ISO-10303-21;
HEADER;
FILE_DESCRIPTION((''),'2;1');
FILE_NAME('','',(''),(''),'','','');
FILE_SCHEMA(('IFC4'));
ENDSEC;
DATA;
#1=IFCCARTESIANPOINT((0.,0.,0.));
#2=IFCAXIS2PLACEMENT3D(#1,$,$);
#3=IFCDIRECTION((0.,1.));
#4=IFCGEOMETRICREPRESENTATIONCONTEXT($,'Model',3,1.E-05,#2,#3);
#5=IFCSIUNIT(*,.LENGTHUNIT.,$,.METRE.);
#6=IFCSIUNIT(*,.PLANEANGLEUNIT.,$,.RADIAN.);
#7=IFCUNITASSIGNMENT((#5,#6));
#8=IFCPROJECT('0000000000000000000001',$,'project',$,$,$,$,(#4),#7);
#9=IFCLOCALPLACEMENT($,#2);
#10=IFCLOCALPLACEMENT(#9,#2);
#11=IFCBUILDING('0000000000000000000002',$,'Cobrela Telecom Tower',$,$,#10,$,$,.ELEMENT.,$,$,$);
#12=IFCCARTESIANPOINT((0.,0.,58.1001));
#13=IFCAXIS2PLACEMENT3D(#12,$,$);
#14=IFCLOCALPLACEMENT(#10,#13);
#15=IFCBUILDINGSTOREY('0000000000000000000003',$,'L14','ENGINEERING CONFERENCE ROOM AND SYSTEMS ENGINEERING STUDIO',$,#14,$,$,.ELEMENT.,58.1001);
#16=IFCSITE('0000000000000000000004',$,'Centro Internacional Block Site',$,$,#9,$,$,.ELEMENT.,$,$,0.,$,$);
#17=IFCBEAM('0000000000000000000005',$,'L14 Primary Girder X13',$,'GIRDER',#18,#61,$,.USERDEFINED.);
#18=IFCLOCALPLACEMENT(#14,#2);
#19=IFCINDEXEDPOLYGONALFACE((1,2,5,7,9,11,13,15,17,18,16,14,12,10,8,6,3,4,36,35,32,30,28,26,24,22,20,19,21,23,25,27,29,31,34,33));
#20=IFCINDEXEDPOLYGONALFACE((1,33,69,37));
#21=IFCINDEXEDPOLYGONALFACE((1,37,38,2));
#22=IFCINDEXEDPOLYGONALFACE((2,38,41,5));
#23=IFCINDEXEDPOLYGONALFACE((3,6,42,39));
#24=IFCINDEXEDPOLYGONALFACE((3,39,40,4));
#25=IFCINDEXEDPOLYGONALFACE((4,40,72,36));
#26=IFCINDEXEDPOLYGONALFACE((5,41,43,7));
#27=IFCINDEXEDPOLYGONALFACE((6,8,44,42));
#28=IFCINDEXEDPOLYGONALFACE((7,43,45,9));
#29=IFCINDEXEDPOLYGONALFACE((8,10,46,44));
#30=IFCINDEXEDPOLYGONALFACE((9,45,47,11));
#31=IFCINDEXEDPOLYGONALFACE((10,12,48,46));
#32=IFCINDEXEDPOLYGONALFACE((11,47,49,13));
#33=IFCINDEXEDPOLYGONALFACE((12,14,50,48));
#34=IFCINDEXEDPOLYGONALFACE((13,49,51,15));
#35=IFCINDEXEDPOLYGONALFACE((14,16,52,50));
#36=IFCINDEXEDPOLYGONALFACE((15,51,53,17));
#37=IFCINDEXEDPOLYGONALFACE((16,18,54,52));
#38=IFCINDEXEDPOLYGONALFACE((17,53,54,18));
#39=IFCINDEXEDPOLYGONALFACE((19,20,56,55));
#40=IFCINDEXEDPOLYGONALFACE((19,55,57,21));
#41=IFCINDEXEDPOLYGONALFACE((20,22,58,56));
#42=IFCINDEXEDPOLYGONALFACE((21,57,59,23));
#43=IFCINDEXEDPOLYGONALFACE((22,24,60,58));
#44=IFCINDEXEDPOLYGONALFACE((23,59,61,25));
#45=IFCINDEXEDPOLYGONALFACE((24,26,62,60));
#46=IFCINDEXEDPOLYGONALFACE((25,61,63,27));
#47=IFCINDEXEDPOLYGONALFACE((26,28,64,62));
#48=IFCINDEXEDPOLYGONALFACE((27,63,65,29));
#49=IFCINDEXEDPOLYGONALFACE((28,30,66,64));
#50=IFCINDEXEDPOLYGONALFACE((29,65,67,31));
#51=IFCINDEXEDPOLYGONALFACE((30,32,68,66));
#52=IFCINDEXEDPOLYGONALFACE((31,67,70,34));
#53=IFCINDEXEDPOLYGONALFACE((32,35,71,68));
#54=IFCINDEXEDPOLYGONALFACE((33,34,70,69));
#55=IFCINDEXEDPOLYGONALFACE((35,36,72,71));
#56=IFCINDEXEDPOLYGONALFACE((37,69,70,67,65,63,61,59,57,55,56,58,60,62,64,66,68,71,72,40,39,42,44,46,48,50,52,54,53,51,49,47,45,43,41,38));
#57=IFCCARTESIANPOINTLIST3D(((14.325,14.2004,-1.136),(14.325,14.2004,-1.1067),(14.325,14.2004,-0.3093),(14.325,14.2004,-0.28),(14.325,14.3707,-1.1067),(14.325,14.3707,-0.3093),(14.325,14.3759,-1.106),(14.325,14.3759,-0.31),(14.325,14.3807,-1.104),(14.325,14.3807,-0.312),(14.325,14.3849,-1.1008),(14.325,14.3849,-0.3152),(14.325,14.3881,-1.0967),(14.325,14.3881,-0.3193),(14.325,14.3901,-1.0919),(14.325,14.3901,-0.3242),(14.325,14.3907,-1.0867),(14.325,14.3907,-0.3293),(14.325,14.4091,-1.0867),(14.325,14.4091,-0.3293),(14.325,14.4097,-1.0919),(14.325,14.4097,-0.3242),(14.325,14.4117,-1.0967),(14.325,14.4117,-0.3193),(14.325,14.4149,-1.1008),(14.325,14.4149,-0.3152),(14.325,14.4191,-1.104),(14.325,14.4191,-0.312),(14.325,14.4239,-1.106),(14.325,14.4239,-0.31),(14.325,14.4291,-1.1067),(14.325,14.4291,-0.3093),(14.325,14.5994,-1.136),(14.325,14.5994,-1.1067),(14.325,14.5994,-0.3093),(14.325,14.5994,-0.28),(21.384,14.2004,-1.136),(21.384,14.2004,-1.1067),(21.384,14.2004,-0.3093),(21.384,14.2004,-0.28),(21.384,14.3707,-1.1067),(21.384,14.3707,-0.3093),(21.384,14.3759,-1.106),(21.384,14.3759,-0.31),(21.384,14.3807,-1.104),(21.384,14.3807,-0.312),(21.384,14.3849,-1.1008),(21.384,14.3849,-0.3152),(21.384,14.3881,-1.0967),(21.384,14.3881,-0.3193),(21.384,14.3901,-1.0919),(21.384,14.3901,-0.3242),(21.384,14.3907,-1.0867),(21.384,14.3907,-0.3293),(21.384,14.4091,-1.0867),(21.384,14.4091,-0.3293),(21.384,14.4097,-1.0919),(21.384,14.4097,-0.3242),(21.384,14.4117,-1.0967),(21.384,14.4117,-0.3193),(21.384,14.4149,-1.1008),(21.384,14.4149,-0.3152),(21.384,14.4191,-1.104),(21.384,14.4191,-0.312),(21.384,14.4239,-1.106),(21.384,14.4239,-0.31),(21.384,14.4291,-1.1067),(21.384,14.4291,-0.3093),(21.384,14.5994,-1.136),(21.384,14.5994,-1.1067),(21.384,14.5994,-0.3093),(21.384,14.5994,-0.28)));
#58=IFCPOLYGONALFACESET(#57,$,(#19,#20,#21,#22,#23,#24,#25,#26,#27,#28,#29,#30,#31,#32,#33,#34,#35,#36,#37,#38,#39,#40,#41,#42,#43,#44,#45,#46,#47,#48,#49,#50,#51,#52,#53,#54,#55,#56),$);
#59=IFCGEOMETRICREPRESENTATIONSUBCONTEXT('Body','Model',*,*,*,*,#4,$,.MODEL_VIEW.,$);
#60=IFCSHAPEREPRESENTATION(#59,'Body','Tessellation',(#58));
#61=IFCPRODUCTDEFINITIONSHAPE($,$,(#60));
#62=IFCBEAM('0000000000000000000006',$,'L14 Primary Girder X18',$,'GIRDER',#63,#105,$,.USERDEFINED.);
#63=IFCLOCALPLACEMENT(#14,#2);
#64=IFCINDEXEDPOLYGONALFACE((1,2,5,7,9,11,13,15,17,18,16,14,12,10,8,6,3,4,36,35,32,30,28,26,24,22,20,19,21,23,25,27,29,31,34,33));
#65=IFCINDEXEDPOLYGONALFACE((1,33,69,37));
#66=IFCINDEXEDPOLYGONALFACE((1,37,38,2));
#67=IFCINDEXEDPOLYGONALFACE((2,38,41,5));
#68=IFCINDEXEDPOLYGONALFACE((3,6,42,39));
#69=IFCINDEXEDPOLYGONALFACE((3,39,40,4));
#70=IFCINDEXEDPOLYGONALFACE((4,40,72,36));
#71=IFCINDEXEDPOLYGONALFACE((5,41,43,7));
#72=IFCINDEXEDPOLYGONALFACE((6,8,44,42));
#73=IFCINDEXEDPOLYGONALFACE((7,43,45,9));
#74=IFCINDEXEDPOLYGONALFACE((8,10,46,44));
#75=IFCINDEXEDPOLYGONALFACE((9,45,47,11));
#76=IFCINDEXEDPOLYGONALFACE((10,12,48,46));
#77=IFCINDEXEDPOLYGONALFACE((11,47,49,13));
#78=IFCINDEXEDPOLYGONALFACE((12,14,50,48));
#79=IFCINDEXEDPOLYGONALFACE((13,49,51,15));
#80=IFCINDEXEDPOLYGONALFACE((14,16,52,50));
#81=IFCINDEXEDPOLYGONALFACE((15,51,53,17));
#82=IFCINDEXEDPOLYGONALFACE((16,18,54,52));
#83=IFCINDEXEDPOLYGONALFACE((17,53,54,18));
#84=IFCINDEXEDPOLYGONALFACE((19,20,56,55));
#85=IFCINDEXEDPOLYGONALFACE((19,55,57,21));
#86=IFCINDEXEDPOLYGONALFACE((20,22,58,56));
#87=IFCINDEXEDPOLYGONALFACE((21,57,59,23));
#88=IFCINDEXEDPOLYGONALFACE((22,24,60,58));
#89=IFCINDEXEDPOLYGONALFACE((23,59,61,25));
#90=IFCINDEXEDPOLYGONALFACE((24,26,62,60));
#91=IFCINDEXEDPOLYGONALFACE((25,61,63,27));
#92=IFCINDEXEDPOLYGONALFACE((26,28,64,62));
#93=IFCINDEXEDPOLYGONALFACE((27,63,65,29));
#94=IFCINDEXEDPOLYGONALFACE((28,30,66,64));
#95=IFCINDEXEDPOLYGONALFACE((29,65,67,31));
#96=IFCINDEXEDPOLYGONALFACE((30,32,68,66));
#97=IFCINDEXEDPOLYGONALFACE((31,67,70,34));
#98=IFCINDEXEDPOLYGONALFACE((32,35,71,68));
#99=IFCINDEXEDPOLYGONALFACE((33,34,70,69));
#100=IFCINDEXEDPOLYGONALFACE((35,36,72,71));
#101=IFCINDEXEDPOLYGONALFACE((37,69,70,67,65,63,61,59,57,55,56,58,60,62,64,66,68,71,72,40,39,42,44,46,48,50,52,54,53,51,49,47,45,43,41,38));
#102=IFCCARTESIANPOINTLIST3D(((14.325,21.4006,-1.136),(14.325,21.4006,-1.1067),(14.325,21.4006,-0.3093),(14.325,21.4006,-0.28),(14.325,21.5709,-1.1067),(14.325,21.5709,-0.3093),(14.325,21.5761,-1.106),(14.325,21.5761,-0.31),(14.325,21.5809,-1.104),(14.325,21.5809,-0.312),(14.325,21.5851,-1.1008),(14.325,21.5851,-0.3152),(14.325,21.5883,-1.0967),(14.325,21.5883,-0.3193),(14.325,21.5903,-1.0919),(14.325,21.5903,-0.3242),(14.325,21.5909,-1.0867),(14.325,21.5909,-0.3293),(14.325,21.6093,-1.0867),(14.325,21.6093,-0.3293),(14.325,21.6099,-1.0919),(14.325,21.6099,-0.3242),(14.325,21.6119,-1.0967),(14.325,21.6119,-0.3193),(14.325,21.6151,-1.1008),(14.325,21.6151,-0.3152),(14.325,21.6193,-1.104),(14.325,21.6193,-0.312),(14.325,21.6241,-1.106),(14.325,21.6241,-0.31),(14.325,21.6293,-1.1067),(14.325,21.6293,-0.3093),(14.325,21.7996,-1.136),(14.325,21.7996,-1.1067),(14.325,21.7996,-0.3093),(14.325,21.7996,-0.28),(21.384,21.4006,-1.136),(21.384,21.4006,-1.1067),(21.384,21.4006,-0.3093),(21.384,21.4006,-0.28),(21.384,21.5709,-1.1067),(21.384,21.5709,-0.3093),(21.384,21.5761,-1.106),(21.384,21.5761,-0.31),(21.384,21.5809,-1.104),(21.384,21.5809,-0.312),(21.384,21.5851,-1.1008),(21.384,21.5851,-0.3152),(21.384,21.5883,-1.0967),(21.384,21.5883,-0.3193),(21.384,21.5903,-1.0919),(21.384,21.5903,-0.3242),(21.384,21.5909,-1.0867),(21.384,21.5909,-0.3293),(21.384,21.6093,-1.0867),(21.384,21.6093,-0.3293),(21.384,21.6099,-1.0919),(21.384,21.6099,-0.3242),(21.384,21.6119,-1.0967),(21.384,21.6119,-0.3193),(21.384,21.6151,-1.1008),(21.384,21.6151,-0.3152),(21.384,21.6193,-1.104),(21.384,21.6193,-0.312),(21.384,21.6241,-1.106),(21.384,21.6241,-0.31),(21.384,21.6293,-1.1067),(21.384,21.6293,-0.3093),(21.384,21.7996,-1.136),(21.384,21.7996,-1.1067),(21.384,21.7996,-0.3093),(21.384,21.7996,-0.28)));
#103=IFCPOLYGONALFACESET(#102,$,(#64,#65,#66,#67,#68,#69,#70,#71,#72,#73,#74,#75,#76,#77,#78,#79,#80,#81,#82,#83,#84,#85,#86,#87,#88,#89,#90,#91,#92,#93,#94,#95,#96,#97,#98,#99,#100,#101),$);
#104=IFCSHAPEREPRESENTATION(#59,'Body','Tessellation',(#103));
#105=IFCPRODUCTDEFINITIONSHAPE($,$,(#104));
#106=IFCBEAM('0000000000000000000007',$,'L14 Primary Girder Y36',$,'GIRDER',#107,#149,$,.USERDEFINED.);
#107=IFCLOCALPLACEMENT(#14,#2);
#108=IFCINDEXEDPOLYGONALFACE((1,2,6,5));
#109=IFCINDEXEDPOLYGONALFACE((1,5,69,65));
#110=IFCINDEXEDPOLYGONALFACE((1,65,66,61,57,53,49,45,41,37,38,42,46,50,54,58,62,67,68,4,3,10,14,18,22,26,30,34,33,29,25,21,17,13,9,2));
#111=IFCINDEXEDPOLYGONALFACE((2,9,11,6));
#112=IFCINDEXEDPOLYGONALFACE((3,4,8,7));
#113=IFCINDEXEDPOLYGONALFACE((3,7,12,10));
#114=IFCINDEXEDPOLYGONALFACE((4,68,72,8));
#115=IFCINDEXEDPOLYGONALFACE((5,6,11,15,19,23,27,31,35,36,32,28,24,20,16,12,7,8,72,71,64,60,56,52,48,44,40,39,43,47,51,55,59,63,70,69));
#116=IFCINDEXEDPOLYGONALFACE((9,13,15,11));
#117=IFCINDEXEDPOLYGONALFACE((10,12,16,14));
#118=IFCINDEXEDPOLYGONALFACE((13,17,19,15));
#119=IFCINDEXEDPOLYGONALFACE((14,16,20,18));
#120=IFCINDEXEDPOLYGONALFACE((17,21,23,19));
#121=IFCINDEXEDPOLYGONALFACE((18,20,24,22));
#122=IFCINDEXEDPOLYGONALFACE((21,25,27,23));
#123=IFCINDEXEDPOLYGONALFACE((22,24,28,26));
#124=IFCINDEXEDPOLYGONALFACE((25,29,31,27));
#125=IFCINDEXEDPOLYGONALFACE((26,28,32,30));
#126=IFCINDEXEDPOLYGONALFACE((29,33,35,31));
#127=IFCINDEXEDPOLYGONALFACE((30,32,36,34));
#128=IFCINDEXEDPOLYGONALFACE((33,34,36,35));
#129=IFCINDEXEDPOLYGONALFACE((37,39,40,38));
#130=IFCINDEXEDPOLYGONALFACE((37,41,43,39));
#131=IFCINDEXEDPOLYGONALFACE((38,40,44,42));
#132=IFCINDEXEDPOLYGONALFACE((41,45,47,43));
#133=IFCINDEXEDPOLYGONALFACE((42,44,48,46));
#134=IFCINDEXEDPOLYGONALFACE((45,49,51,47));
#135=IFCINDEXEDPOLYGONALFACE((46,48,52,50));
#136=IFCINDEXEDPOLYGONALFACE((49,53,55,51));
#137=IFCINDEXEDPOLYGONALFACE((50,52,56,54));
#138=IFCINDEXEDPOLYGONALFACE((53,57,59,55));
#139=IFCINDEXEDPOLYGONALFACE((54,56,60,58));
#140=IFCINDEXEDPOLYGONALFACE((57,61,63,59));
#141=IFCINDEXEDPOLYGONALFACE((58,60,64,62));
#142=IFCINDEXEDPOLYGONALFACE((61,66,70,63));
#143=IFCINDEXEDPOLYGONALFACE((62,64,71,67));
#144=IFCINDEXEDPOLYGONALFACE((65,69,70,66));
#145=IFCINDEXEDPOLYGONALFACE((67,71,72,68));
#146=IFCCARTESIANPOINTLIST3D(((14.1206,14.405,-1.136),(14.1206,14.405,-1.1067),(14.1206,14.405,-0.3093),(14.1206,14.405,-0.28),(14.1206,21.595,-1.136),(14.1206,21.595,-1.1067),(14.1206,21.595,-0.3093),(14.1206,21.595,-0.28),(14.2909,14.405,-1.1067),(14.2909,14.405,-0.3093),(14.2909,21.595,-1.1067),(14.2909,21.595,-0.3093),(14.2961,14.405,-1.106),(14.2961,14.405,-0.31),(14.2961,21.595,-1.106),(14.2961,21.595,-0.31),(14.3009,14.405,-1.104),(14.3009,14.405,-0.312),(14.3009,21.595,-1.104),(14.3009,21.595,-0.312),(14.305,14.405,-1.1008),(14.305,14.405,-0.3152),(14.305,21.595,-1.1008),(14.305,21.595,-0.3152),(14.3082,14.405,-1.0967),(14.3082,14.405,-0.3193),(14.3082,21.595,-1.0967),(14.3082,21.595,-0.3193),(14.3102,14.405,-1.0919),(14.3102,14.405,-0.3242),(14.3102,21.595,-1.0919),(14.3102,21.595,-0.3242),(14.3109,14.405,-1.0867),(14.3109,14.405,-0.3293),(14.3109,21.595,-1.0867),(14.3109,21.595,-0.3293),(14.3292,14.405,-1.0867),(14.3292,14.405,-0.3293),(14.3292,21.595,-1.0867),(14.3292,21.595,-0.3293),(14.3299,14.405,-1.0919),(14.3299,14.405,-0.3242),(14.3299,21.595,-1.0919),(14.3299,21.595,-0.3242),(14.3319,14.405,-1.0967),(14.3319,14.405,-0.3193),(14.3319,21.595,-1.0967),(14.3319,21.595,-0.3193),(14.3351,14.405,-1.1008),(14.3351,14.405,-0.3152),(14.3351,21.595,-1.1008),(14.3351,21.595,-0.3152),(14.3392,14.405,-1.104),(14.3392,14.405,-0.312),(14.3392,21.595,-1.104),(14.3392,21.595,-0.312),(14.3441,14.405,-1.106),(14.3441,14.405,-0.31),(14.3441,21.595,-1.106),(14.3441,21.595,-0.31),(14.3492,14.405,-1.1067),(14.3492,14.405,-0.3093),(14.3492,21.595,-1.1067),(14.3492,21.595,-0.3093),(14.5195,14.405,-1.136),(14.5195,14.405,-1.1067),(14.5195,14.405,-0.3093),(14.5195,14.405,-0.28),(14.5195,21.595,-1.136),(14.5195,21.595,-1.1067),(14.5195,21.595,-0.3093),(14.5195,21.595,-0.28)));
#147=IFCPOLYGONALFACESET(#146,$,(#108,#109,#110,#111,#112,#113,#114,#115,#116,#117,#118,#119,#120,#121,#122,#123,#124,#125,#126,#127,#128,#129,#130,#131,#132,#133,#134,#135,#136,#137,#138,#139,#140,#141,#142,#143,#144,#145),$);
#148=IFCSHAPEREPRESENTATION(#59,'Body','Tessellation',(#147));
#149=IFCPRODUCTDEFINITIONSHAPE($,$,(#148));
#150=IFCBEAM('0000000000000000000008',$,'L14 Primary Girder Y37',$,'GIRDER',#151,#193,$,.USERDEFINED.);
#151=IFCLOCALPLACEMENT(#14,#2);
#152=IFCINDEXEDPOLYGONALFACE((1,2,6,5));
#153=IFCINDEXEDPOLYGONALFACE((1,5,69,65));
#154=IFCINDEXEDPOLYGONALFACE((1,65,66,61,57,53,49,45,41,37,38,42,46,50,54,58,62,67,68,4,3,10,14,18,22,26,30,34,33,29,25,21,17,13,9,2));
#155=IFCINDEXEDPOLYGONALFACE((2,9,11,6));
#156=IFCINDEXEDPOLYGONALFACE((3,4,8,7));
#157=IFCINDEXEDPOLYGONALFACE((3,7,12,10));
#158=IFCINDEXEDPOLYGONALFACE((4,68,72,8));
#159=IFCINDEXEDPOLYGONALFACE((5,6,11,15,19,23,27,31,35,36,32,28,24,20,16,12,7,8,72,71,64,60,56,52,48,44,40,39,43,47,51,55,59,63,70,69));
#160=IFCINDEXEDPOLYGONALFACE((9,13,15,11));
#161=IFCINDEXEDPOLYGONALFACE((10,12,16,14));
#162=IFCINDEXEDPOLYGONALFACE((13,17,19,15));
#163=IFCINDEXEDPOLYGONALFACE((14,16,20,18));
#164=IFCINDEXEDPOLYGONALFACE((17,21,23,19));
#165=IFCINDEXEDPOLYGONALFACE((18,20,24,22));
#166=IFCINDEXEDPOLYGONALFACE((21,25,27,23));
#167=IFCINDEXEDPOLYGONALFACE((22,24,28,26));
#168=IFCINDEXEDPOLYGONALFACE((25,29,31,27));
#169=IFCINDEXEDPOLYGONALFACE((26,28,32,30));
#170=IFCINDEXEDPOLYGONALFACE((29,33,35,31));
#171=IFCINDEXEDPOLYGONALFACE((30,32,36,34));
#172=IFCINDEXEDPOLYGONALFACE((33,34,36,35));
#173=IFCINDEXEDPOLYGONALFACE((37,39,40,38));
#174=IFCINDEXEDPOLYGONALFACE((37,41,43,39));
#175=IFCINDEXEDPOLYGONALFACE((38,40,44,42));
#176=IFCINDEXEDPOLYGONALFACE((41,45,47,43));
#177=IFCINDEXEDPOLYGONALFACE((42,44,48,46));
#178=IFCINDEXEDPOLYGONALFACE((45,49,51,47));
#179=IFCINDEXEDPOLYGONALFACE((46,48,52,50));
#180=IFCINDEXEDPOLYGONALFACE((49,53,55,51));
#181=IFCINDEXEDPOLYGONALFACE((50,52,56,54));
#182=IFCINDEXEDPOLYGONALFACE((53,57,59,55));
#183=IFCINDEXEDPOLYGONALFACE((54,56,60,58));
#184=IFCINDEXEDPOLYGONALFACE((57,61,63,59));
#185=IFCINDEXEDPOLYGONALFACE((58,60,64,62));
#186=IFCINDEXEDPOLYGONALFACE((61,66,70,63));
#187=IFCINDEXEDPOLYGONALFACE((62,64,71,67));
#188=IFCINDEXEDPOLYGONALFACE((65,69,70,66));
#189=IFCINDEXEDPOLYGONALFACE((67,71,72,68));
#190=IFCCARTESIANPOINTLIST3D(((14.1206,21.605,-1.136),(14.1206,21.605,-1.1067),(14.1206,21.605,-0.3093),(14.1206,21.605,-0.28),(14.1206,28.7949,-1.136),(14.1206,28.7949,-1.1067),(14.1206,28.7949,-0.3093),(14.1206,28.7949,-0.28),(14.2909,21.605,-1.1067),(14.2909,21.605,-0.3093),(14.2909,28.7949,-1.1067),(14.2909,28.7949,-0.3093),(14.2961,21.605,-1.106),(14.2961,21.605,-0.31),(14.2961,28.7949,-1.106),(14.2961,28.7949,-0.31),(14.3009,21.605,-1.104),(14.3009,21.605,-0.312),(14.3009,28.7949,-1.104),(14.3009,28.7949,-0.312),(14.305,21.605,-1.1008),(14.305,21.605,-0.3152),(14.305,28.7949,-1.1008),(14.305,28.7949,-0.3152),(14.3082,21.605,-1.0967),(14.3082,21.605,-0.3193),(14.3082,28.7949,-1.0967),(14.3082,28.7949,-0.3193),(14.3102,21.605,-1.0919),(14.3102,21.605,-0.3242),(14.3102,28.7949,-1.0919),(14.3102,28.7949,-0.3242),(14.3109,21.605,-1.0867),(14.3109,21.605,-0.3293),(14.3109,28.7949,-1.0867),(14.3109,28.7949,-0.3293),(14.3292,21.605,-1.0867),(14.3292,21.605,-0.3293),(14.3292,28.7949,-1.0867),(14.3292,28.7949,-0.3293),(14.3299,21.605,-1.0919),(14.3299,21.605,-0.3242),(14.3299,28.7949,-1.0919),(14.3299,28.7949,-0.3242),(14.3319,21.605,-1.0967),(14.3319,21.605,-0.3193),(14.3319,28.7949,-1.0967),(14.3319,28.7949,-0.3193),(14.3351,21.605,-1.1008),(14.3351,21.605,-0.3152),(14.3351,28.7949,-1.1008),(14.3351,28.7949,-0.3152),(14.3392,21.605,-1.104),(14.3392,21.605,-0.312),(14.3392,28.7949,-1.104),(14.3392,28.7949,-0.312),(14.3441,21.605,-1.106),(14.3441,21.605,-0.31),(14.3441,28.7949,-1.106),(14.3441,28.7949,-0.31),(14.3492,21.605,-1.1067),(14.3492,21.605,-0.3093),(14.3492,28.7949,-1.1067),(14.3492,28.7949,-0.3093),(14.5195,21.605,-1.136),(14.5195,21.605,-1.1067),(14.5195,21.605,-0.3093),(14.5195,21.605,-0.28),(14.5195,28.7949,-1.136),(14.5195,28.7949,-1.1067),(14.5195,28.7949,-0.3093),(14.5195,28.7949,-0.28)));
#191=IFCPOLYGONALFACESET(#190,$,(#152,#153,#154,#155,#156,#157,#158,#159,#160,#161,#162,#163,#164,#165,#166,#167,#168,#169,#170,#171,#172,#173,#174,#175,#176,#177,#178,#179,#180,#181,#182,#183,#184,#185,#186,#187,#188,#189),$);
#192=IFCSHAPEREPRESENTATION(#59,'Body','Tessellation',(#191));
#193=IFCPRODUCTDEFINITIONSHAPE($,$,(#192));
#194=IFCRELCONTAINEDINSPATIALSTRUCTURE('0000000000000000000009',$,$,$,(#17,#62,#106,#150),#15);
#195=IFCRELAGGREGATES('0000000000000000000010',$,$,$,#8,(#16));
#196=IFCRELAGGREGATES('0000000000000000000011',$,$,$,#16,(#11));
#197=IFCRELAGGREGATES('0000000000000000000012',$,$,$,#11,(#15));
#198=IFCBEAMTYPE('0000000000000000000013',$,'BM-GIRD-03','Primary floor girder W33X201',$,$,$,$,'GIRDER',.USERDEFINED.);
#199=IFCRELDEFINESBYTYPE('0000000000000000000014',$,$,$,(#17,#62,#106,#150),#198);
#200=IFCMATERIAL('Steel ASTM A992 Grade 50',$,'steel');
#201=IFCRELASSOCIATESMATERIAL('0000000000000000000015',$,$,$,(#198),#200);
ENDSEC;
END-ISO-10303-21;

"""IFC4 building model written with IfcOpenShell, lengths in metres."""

from ifc_helpers import new_model, si_unit, direction, frame, origin, origin_2d, place, context, subcontext, project, spatial, i_section, extrude, material, material_profile, profile_set, type_object, element, save


model = new_model("IFC4")

# Units and contexts
model_context = context("Model", 3, precision=1e-05, world=origin(), true_north=direction((0.0, 1.0)))
body_context = subcontext(model_context, "Body", "Model", "MODEL_VIEW")
ifc_project = project(units=[si_unit("LENGTHUNIT", "METRE"), si_unit("PLANEANGLEUNIT", "RADIAN")], contexts=[model_context])

# Site, building, storey
site_placement = place(None, origin())
site = spatial("IfcSite", under=ifc_project, at=site_placement, Name="Centro Internacional Block Site", CompositionType="ELEMENT", RefElevation=0.0)
building_placement = place(site_placement, origin())
building = spatial("IfcBuilding", under=site, at=building_placement, Name="Cobrela Telecom Tower", CompositionType="ELEMENT")
storey_placement = place(building_placement, frame((0.0, 0.0, 58.1001)))
storey = spatial("IfcBuildingStorey", under=building, at=storey_placement, Name="L14", Description="ENGINEERING CONFERENCE ROOM AND SYSTEMS ENGINEERING STUDIO", CompositionType="ELEMENT", Elevation=58.1001)

# Beams
ifc_material_1 = material(Name="Steel ASTM A992 Grade 50", Category="steel")
ifc_material_profile_1 = material_profile(ifc_material_1, i_section(OverallWidth=0.3989, OverallDepth=0.856, WebThickness=0.0183, FlangeThickness=0.0293, FilletRadius=0.02, at=origin_2d()), Name="W33X201")
ifc_profile_set_1 = profile_set([ifc_material_profile_1], Name="Steel ASTM A992 Grade 50")
beam_type_1 = type_object("IfcBeamType", Name="BM-GIRD-03", Description="Primary floor girder W33X201", ElementType="GIRDER", PredefinedType="USERDEFINED", material=ifc_profile_set_1)
for number, where, z_axis, x_axis, name in (
    (1, (14.325, 14.3999, -0.708), (1.0, 0.0, 0.0), (0.0, 1.0, 0.0), "L14 Primary Girder X13"),
    (2, (14.325, 21.6001, -0.708), (1.0, 0.0, 0.0), (0.0, 1.0, 0.0), "L14 Primary Girder X18"),
):
    element("IfcBeam", number, at=place(storey_placement, frame(where, z_axis=z_axis, x_axis=x_axis)), inside=storey, type_object=beam_type_1, Name=name, ObjectType="GIRDER", PredefinedType="USERDEFINED", context=body_context, shape_type="SweptSolid", body=[
        extrude(i_section(OverallWidth=0.3989, OverallDepth=0.856, WebThickness=0.0183, FlangeThickness=0.0293, FilletRadius=0.02, at=origin_2d()), origin(), (0.0, 0.0, 1.0), 7.0591),
    ])
for number, where, z_axis, x_axis, name in (
    (3, (14.3201, 14.405, -0.708), (0.0, 1.0, 0.0), (-1.0, 0.0, 0.0), "L14 Primary Girder Y36"),
    (4, (14.3201, 21.605, -0.708), (0.0, 1.0, 0.0), (-1.0, 0.0, 0.0), "L14 Primary Girder Y37"),
):
    element("IfcBeam", number, at=place(storey_placement, frame(where, z_axis=z_axis, x_axis=x_axis)), inside=storey, type_object=beam_type_1, Name=name, ObjectType="GIRDER", PredefinedType="USERDEFINED", context=body_context, shape_type="SweptSolid", body=[
        extrude(i_section(OverallWidth=0.3989, OverallDepth=0.856, WebThickness=0.0183, FlangeThickness=0.0293, FilletRadius=0.02, at=origin_2d()), origin(), (0.0, 0.0, 1.0), 7.1899),
    ])

save(model, "model.ifc")
